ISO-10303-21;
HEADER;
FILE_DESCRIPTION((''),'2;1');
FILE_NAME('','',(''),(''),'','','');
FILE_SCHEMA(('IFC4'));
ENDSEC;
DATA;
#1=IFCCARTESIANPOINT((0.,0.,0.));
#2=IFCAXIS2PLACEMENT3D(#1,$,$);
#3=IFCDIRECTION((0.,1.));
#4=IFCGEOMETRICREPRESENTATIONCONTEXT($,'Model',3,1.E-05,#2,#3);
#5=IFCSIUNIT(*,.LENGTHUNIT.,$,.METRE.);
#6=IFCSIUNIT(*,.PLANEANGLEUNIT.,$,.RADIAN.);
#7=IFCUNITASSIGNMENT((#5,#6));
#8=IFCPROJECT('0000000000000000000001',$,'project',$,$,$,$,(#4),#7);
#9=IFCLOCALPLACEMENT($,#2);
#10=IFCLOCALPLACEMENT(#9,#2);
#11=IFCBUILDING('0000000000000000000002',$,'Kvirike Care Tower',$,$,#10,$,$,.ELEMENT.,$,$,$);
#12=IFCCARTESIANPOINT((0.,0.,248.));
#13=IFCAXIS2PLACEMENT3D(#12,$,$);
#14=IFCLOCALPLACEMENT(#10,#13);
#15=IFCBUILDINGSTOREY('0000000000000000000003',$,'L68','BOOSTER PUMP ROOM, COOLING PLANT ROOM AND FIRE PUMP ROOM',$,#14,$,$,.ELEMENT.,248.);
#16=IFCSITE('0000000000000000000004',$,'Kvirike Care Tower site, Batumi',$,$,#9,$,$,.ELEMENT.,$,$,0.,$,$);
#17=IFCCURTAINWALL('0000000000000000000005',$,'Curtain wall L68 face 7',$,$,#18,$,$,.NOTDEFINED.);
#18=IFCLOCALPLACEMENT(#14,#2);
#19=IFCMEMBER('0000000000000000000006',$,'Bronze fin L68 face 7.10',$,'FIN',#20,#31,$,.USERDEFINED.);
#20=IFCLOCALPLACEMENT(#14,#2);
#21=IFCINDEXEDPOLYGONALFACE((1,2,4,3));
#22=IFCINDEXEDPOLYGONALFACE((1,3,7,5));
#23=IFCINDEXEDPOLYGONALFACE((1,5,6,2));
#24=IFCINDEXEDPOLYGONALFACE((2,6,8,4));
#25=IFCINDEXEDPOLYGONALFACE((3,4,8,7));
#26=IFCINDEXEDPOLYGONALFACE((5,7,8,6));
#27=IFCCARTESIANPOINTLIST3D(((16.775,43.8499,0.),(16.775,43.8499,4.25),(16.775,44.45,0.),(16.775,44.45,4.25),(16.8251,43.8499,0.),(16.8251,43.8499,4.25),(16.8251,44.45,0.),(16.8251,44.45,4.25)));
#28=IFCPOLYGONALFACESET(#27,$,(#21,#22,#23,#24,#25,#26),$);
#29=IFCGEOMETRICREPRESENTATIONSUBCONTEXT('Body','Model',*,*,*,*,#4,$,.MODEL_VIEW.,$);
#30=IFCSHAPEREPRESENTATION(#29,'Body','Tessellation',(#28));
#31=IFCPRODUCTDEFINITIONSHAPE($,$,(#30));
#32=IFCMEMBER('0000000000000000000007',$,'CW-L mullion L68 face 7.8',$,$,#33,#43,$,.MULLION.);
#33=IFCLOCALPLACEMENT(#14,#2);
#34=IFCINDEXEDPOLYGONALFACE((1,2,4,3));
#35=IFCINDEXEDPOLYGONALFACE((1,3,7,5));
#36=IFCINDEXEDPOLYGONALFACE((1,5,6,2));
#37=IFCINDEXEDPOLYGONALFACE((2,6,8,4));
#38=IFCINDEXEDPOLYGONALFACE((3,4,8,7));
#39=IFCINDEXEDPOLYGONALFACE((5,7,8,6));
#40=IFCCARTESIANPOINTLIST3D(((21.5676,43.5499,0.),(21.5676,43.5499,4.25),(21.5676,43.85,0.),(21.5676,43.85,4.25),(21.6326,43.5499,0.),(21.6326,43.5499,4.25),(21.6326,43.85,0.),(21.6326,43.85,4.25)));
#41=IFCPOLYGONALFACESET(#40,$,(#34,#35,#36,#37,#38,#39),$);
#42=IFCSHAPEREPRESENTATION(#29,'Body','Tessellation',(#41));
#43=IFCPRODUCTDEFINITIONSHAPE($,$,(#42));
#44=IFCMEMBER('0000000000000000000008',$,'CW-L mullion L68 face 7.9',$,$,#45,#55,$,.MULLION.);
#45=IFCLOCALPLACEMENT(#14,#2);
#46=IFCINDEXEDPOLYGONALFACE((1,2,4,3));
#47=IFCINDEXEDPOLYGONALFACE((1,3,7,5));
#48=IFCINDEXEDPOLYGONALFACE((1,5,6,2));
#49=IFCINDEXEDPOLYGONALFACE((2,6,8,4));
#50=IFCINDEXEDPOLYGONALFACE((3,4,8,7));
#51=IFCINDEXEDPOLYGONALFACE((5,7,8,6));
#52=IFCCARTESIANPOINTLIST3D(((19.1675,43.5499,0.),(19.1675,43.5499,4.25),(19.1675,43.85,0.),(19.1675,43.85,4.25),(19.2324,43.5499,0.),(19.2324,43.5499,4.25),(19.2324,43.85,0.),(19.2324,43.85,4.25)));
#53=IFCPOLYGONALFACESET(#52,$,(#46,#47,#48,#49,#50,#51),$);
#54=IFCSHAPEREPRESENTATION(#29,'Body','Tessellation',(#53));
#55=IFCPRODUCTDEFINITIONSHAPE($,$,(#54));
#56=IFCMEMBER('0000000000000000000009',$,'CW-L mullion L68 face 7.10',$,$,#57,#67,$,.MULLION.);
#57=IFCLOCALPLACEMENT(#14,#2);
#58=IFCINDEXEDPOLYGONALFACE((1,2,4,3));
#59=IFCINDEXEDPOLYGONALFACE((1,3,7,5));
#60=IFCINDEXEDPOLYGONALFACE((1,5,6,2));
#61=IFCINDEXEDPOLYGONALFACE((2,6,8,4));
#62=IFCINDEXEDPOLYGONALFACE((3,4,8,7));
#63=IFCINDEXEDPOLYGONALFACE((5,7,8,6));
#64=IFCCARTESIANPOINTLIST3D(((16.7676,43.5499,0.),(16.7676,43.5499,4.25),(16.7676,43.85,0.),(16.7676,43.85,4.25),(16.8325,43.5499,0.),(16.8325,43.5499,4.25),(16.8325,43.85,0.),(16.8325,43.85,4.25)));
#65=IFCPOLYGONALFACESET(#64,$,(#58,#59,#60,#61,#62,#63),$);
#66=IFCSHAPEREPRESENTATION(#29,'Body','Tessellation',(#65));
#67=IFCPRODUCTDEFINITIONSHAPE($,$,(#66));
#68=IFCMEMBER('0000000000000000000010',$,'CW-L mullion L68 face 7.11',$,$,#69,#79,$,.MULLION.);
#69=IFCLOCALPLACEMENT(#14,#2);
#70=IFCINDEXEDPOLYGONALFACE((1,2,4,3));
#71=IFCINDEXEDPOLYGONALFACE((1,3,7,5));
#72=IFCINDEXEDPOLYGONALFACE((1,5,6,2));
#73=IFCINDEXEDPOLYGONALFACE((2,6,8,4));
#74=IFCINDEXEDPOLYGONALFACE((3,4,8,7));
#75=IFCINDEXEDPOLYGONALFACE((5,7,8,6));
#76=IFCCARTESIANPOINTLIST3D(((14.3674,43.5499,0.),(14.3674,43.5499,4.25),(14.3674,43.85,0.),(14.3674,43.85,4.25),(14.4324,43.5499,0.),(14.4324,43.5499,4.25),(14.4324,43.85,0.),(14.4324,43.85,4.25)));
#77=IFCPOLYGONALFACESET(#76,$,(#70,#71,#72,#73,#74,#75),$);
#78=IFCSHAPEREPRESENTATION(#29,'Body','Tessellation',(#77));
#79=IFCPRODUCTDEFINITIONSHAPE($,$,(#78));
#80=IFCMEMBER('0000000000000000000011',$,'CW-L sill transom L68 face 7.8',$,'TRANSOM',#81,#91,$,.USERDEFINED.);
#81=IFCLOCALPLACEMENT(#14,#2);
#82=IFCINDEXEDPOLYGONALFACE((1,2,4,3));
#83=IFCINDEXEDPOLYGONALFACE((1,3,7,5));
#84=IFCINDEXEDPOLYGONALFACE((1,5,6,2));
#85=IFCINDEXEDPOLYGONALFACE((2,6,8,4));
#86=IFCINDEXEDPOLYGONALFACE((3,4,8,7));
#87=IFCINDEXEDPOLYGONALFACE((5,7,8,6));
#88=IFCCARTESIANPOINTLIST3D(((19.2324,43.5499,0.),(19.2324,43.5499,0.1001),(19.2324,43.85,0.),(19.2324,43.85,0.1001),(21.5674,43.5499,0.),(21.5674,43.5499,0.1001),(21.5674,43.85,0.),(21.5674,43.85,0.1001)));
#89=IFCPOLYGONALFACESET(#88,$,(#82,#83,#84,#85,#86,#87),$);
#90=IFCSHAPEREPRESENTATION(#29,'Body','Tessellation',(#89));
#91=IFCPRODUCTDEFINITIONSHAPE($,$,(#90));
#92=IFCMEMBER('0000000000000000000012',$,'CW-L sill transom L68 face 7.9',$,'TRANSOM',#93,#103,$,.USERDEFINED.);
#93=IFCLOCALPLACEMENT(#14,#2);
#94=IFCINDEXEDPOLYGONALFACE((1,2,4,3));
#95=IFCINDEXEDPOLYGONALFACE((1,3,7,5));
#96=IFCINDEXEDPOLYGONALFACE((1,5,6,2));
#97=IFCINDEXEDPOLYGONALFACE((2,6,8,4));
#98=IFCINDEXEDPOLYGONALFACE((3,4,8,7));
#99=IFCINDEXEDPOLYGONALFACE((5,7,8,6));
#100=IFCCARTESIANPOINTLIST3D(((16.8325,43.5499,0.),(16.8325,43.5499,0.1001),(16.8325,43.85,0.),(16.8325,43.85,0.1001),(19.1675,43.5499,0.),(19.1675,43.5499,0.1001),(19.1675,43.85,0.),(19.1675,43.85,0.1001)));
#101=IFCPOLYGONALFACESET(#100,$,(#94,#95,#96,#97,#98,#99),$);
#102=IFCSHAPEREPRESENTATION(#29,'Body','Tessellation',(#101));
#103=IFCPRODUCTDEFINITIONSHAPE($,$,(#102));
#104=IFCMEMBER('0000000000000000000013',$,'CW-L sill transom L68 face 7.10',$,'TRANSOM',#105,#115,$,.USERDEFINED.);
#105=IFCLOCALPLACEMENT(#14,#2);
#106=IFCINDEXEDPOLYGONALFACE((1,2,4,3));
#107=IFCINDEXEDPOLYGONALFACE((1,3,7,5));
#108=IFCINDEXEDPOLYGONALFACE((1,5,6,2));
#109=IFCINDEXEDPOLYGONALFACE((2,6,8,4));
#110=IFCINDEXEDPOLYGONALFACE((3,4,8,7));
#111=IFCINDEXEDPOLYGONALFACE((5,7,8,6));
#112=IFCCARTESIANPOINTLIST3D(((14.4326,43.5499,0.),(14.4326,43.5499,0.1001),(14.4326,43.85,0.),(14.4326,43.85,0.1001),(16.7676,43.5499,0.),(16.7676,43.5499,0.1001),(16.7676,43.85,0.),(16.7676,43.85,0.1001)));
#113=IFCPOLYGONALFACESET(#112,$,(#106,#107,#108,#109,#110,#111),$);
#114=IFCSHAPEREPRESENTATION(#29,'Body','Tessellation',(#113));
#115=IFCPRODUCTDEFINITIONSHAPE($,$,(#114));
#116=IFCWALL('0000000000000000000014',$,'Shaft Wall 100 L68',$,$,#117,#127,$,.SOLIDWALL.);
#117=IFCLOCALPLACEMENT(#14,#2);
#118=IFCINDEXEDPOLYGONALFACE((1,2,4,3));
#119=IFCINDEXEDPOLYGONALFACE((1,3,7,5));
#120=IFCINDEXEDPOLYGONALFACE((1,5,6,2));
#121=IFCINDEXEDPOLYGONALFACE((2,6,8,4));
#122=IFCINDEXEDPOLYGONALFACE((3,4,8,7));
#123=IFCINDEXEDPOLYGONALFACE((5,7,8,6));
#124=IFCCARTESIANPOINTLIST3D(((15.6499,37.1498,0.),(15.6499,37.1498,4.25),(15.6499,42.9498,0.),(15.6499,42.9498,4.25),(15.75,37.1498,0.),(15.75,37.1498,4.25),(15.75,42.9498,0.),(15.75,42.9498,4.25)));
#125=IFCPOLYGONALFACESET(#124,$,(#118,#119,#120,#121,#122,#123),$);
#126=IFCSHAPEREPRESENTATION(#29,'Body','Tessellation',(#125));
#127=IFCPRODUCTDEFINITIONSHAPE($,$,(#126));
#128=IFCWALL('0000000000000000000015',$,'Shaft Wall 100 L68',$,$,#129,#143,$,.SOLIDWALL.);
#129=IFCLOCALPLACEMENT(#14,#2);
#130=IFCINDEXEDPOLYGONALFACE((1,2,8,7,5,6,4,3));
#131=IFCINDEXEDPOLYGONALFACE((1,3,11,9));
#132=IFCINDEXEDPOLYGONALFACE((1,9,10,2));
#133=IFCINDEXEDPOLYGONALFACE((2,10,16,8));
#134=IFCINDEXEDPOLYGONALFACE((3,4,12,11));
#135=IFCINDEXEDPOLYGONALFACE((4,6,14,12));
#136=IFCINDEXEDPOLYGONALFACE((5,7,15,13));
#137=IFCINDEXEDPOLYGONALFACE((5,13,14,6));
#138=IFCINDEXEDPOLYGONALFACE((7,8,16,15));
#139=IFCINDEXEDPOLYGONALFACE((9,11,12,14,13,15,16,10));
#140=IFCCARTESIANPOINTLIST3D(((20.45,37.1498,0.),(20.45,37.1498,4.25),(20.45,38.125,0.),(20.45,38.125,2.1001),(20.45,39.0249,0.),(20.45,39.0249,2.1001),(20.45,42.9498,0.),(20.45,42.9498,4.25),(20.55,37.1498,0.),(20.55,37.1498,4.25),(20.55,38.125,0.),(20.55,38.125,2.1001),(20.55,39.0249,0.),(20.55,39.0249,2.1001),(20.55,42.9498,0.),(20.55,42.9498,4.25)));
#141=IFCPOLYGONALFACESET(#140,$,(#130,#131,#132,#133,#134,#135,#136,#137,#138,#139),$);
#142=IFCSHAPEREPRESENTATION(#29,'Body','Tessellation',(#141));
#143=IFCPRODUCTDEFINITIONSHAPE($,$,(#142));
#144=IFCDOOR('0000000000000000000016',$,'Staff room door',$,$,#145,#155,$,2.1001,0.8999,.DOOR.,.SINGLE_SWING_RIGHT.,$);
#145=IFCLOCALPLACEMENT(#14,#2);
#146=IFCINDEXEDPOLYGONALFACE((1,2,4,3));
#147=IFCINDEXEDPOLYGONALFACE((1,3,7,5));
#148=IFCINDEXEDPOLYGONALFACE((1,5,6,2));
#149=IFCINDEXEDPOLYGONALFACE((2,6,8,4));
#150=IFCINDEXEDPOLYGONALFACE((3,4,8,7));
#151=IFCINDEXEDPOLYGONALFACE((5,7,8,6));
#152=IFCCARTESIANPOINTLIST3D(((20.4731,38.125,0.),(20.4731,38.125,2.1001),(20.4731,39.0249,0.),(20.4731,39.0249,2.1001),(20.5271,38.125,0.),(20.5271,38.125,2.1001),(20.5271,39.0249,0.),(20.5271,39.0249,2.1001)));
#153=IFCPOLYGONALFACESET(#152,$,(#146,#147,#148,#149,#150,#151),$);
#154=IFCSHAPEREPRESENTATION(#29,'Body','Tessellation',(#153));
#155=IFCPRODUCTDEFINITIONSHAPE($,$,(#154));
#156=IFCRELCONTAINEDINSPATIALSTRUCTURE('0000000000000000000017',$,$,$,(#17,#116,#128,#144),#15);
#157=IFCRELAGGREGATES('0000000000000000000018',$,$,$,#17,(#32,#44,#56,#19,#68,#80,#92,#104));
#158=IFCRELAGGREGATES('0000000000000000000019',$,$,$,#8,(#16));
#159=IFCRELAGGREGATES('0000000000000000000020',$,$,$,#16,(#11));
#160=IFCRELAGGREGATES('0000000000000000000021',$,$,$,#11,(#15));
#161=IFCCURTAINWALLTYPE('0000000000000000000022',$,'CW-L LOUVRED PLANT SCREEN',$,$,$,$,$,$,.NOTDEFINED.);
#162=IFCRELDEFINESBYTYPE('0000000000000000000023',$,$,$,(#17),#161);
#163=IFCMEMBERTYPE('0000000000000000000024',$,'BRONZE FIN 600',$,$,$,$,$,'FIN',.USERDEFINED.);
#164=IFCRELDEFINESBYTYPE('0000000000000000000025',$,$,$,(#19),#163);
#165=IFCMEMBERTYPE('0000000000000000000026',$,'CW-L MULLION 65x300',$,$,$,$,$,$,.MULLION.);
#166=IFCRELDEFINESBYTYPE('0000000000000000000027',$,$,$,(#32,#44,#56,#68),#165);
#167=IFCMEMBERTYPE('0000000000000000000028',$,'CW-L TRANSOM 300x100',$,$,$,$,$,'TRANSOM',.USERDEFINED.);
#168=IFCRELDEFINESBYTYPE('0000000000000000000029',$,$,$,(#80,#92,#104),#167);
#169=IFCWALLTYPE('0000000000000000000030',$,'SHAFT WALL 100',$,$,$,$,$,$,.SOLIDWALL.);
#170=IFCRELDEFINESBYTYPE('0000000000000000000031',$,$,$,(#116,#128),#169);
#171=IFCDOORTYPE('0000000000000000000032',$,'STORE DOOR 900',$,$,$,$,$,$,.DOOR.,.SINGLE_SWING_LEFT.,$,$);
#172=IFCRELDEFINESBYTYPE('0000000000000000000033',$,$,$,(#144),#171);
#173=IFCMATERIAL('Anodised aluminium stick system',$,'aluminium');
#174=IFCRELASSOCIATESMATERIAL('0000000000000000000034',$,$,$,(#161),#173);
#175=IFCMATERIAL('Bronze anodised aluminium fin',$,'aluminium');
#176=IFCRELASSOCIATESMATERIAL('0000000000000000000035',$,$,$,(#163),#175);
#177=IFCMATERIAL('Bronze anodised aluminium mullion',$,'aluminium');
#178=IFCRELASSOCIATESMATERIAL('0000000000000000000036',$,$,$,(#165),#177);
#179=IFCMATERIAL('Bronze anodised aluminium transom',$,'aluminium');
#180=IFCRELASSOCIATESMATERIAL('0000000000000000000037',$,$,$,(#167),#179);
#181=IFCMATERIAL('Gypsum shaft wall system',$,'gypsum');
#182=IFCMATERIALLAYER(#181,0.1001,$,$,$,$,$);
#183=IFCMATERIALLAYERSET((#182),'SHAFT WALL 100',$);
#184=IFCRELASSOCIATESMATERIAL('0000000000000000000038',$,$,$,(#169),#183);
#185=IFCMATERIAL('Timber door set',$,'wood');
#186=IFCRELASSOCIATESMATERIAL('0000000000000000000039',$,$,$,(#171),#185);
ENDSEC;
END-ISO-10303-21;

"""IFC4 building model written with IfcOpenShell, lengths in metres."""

from ifc_helpers import new_model, si_unit, direction, frame, frame_2d, origin, origin_2d, place, context, subcontext, project, spatial, rectangle, extrude, material, layer, layer_set, material_profile, profile_set, type_object, element, fill, aggregate, save


model = new_model("IFC4")

# Units and contexts
model_context = context("Model", 3, precision=1e-05, world=origin(), true_north=direction((0.0, 1.0)))
body_context = subcontext(model_context, "Body", "Model", "MODEL_VIEW")
ifc_project = project(units=[si_unit("LENGTHUNIT", "METRE"), si_unit("PLANEANGLEUNIT", "RADIAN")], contexts=[model_context])

# Site, building, storey
site_placement = place(None, origin())
site = spatial("IfcSite", under=ifc_project, at=site_placement, Name="Kvirike Care Tower site, Batumi", CompositionType="ELEMENT", RefElevation=0.0)
building_placement = place(site_placement, origin())
building = spatial("IfcBuilding", under=site, at=building_placement, Name="Kvirike Care Tower", CompositionType="ELEMENT")
storey_placement = place(building_placement, frame((0.0, 0.0, 248.0)))
storey = spatial("IfcBuildingStorey", under=building, at=storey_placement, Name="L68", Description="BOOSTER PUMP ROOM, COOLING PLANT ROOM AND FIRE PUMP ROOM", CompositionType="ELEMENT", Elevation=248.0)

# Curtain wall, members
ifc_material_1 = material(Name="Anodised aluminium stick system", Category="aluminium")
curtain_wall_type = type_object("IfcCurtainWallType", Name="CW-L LOUVRED PLANT SCREEN", PredefinedType="NOTDEFINED", material=ifc_material_1)
curtain_wall_placement = place(storey_placement, origin())
curtain_wall = element("IfcCurtainWall", 1, at=curtain_wall_placement, inside=storey, type_object=curtain_wall_type, Name="Curtain wall L68 face 7", PredefinedType="NOTDEFINED")
ifc_material_2 = material(Name="Bronze anodised aluminium fin", Category="aluminium")
ifc_material_profile_1 = material_profile(ifc_material_2, rectangle(XDim=0.05, YDim=0.6001, at=origin_2d()), Name="BRONZE FIN 600")
ifc_profile_set_1 = profile_set([ifc_material_profile_1], Name="Bronze anodised aluminium fin")
member_type_1 = type_object("IfcMemberType", Name="BRONZE FIN 600", ElementType="FIN", PredefinedType="USERDEFINED", material=ifc_profile_set_1)
member_1_placement = place(storey_placement, frame((16.8, 44.1499, 0.0), z_axis=(0.0, 0.0, 1.0), x_axis=(-1.0, 0.0, 0.0)))
member_1 = element("IfcMember", 2, at=member_1_placement, type_object=member_type_1, Name="Bronze fin L68 face 7.10", ObjectType="FIN", PredefinedType="USERDEFINED", context=body_context, shape_type="SweptSolid", body=[
    extrude(rectangle(XDim=0.05, YDim=0.6001, at=origin_2d()), origin(), (0.0, 0.0, 1.0), 4.25),
])
ifc_material_3 = material(Name="Bronze anodised aluminium mullion", Category="aluminium")
ifc_material_profile_2 = material_profile(ifc_material_3, rectangle(XDim=0.0649, YDim=0.3, at=origin_2d()), Name="CW-L MULLION 65x300")
ifc_profile_set_2 = profile_set([ifc_material_profile_2], Name="Bronze anodised aluminium mullion")
member_type_2 = type_object("IfcMemberType", Name="CW-L MULLION 65x300", PredefinedType="MULLION", material=ifc_profile_set_2)
member_2_placement = place(storey_placement, frame((21.6001, 43.7, 0.0), z_axis=(0.0, 0.0, 1.0), x_axis=(-1.0, 0.0, 0.0)))
member_2 = element("IfcMember", 3, at=member_2_placement, type_object=member_type_2, Name="CW-L mullion L68 face 7.8", PredefinedType="MULLION", context=body_context, shape_type="SweptSolid", body=[
    extrude(rectangle(XDim=0.0649, YDim=0.3, at=origin_2d()), origin(), (0.0, 0.0, 1.0), 4.25),
])
member_3_placement = place(storey_placement, frame((19.2, 43.7, 0.0), z_axis=(0.0, 0.0, 1.0), x_axis=(-1.0, 0.0, 0.0)))
member_3 = element("IfcMember", 4, at=member_3_placement, type_object=member_type_2, Name="CW-L mullion L68 face 7.9", PredefinedType="MULLION", context=body_context, shape_type="SweptSolid", body=[
    extrude(rectangle(XDim=0.0649, YDim=0.3, at=origin_2d()), origin(), (0.0, 0.0, 1.0), 4.25),
])
member_4_placement = place(storey_placement, frame((16.8, 43.7, 0.0), z_axis=(0.0, 0.0, 1.0), x_axis=(-1.0, 0.0, 0.0)))
member_4 = element("IfcMember", 5, at=member_4_placement, type_object=member_type_2, Name="CW-L mullion L68 face 7.10", PredefinedType="MULLION", context=body_context, shape_type="SweptSolid", body=[
    extrude(rectangle(XDim=0.0649, YDim=0.3, at=origin_2d()), origin(), (0.0, 0.0, 1.0), 4.25),
])
member_5_placement = place(storey_placement, frame((14.3999, 43.7, 0.0), z_axis=(0.0, 0.0, 1.0), x_axis=(-1.0, 0.0, 0.0)))
member_5 = element("IfcMember", 6, at=member_5_placement, type_object=member_type_2, Name="CW-L mullion L68 face 7.11", PredefinedType="MULLION", context=body_context, shape_type="SweptSolid", body=[
    extrude(rectangle(XDim=0.0649, YDim=0.3, at=origin_2d()), origin(), (0.0, 0.0, 1.0), 4.25),
])
ifc_material_4 = material(Name="Bronze anodised aluminium transom", Category="aluminium")
ifc_material_profile_3 = material_profile(ifc_material_4, rectangle(XDim=0.3, YDim=0.1001, at=origin_2d()), Name="CW-L TRANSOM 300x100")
ifc_profile_set_3 = profile_set([ifc_material_profile_3], Name="Bronze anodised aluminium transom")
member_type_3 = type_object("IfcMemberType", Name="CW-L TRANSOM 300x100", ElementType="TRANSOM", PredefinedType="USERDEFINED", material=ifc_profile_set_3)
member_6_placement = place(storey_placement, frame((21.5674, 43.7, 0.05), z_axis=(-1.0, 0.0, 0.0), x_axis=(0.0, -1.0, 0.0)))
member_6 = element("IfcMember", 7, at=member_6_placement, type_object=member_type_3, Name="CW-L sill transom L68 face 7.8", ObjectType="TRANSOM", PredefinedType="USERDEFINED", context=body_context, shape_type="SweptSolid", body=[
    extrude(rectangle(XDim=0.3, YDim=0.1001, at=origin_2d()), origin(), (0.0, 0.0, 1.0), 2.335),
])
member_7_placement = place(storey_placement, frame((19.1675, 43.7, 0.05), z_axis=(-1.0, 0.0, 0.0), x_axis=(0.0, -1.0, 0.0)))
member_7 = element("IfcMember", 8, at=member_7_placement, type_object=member_type_3, Name="CW-L sill transom L68 face 7.9", ObjectType="TRANSOM", PredefinedType="USERDEFINED", context=body_context, shape_type="SweptSolid", body=[
    extrude(rectangle(XDim=0.3, YDim=0.1001, at=origin_2d()), origin(), (0.0, 0.0, 1.0), 2.335),
])
member_8_placement = place(storey_placement, frame((16.7676, 43.7, 0.05), z_axis=(-1.0, 0.0, 0.0), x_axis=(0.0, -1.0, 0.0)))
member_8 = element("IfcMember", 9, at=member_8_placement, type_object=member_type_3, Name="CW-L sill transom L68 face 7.10", ObjectType="TRANSOM", PredefinedType="USERDEFINED", context=body_context, shape_type="SweptSolid", body=[
    extrude(rectangle(XDim=0.3, YDim=0.1001, at=origin_2d()), origin(), (0.0, 0.0, 1.0), 2.335),
])
aggregate(curtain_wall, [member_2, member_3, member_4, member_1, member_5, member_6, member_7, member_8])

# Wall
ifc_material_5 = material(Name="Gypsum shaft wall system", Category="gypsum")
ifc_layer = layer(ifc_material_5, 0.1001)
ifc_layer_set = layer_set([ifc_layer], Name="SHAFT WALL 100")
wall_type = type_object("IfcWallType", Name="SHAFT WALL 100", PredefinedType="SOLIDWALL", material=ifc_layer_set)
wall_1_placement = place(storey_placement, frame((15.7, 37.1499, 0.0), z_axis=(0.0, 0.0, 1.0), x_axis=(0.0, 1.0, 0.0)))
element("IfcWall", 10, at=wall_1_placement, inside=storey, type_object=wall_type, Name="Shaft Wall 100 L68", PredefinedType="SOLIDWALL", context=body_context, shape_type="SweptSolid", body=[
    extrude(rectangle(XDim=5.8, YDim=0.1001, at=frame_2d((2.8999, 0.0))), origin(), (0.0, 0.0, 1.0), 4.25),
])

# Wall, opening, door
wall_2_placement = place(storey_placement, frame((20.5, 37.1499, 0.0), z_axis=(0.0, 0.0, 1.0), x_axis=(0.0, 1.0, 0.0)))
wall_2 = element("IfcWall", 11, at=wall_2_placement, inside=storey, type_object=wall_type, Name="Shaft Wall 100 L68", PredefinedType="SOLIDWALL", context=body_context, shape_type="SweptSolid", body=[
    extrude(rectangle(XDim=5.8, YDim=0.1001, at=frame_2d((2.8999, 0.0))), origin(), (0.0, 0.0, 1.0), 4.25),
])
opening_1_placement = place(wall_2_placement, frame((0.9751, 0.0, 0.0)))
opening_1 = element("IfcOpeningElement", 12, at=opening_1_placement, cuts=wall_2, PredefinedType="OPENING", context=body_context, shape_type="SweptSolid", body=[
    extrude(rectangle(XDim=0.8999, YDim=2.1001, at=frame_2d((0.45, 1.05))), frame((0.0, 0.0605, 0.0), z_axis=(0.0, -1.0, 0.0), x_axis=(1.0, 0.0, 0.0)), (0.0, 0.0, 1.0), 0.1211),
])
ifc_material_6 = material(Name="Timber door set", Category="wood")
door_type_1 = type_object("IfcDoorType", Name="STORE DOOR 900", OperationType="SINGLE_SWING_LEFT", PredefinedType="DOOR", material=ifc_material_6)
door_1_placement = place(opening_1_placement, origin())
door_1 = element("IfcDoor", 13, at=door_1_placement, inside=storey, type_object=door_type_1, Name="Staff room door", OperationType="SINGLE_SWING_RIGHT", OverallHeight=2.1001, OverallWidth=0.8999, PredefinedType="DOOR", context=body_context, shape_type="SweptSolid", body=[
    extrude(rectangle(XDim=0.8999, YDim=2.1001, at=frame_2d((0.45, 1.05))), frame((0.0, 0.0269, 0.0), z_axis=(0.0, -1.0, 0.0), x_axis=(1.0, 0.0, 0.0)), (0.0, 0.0, 1.0), 0.054),
])
fill(opening_1, door_1)

save(model, "model.ifc")
